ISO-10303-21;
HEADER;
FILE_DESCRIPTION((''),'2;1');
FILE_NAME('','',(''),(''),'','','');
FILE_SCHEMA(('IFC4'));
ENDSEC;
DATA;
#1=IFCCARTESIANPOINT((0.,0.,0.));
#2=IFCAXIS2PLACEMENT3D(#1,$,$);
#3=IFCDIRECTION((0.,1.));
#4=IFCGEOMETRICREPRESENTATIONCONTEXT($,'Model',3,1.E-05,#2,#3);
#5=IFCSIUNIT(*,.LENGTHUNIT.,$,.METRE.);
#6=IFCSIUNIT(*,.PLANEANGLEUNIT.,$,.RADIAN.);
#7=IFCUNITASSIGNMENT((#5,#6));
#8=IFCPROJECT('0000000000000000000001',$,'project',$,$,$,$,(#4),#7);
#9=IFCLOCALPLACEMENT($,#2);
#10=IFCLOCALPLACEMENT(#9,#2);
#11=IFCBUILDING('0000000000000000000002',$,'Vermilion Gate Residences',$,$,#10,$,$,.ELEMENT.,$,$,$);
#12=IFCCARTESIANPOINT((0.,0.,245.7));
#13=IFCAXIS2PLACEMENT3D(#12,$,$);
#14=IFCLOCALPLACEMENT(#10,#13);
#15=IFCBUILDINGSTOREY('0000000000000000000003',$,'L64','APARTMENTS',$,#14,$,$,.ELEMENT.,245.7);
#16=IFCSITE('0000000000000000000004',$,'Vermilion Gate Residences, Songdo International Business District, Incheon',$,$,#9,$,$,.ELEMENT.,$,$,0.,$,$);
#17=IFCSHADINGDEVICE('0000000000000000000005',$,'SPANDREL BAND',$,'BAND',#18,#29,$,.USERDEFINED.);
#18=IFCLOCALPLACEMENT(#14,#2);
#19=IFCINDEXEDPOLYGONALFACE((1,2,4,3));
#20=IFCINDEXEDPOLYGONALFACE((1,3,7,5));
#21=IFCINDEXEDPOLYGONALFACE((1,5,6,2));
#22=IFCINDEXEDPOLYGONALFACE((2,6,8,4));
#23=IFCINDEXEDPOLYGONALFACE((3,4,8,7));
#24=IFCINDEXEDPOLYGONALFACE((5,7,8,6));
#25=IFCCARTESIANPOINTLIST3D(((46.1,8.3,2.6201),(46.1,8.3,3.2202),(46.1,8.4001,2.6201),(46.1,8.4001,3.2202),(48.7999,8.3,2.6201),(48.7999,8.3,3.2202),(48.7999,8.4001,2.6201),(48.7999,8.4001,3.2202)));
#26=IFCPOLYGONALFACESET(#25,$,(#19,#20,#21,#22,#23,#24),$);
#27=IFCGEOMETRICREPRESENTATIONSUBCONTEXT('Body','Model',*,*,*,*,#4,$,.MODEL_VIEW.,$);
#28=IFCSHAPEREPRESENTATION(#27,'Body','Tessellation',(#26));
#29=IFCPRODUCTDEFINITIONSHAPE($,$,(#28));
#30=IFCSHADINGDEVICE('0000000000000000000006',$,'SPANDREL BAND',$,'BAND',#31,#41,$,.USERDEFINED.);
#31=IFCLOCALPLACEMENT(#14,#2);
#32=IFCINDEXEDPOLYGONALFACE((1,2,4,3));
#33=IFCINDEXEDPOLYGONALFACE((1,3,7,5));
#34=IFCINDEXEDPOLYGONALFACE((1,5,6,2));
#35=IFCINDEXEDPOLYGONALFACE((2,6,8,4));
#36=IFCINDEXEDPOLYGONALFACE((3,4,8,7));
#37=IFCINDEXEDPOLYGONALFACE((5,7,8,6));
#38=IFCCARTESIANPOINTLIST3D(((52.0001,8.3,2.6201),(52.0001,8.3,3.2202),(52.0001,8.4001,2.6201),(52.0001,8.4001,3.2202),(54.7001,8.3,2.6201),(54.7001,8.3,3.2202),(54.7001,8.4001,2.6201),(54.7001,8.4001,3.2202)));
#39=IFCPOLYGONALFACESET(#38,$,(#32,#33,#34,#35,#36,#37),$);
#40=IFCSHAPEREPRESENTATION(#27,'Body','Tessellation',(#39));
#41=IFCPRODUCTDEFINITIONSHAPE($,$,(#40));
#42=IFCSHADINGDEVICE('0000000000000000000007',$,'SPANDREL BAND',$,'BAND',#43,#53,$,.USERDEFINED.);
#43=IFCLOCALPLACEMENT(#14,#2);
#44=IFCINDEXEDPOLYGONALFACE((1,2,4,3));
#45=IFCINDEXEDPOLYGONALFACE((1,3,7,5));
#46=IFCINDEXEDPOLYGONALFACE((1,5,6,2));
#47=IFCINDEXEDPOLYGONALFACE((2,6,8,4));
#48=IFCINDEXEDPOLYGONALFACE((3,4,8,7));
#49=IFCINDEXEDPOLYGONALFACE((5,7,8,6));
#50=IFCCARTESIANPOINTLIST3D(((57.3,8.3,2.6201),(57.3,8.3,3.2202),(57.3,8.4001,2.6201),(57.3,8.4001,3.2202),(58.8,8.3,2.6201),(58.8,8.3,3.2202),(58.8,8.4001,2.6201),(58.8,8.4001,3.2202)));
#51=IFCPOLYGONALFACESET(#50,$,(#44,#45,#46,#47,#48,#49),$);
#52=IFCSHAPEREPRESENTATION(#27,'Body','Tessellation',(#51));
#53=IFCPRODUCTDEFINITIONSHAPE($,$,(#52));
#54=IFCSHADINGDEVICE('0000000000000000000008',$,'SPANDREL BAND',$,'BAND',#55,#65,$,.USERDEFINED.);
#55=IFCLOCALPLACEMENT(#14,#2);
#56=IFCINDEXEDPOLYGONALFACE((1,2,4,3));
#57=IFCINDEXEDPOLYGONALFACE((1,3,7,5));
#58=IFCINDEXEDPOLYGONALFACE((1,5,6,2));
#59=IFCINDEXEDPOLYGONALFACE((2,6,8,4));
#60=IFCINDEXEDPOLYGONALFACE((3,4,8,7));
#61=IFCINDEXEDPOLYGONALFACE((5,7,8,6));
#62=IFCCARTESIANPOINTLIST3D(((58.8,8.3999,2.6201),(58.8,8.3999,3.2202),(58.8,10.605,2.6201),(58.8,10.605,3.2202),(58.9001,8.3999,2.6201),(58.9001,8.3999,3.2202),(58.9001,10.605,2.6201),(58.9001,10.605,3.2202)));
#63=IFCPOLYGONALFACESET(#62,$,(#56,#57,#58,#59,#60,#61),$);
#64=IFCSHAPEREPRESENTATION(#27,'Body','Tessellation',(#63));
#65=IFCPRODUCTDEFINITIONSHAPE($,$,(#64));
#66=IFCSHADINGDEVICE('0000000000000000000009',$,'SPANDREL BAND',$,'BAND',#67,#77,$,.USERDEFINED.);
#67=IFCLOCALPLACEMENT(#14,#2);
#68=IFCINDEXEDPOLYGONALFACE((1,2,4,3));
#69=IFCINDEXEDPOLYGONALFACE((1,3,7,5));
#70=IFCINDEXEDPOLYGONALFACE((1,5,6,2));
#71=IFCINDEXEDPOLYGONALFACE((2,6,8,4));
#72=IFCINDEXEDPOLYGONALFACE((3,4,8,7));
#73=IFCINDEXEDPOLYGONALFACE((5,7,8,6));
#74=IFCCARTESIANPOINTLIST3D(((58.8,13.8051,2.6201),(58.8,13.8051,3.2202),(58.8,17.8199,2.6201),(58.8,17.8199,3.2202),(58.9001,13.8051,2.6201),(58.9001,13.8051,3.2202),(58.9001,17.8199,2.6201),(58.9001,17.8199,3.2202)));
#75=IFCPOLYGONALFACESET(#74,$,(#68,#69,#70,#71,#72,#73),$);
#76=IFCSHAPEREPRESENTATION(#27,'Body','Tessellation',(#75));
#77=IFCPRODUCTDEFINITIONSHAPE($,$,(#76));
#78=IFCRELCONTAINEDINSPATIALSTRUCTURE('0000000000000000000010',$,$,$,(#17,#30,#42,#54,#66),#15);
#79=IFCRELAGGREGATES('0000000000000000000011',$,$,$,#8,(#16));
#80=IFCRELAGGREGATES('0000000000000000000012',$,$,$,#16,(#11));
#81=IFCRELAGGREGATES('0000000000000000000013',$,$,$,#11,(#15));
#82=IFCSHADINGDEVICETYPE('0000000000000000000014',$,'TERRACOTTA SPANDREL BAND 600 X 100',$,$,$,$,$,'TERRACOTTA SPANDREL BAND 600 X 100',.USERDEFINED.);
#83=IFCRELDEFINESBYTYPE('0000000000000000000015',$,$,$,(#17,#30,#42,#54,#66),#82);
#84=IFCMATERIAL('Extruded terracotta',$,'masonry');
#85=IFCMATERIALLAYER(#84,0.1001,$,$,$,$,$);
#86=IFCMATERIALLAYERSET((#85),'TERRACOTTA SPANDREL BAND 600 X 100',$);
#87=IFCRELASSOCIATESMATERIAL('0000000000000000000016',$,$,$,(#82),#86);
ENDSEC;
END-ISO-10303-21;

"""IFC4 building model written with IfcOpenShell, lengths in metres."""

from ifc_helpers import new_model, si_unit, direction, frame, origin, origin_2d, place, context, subcontext, project, spatial, rectangle, extrude, material, layer, layer_set, type_object, element, save


model = new_model("IFC4")

# Units and contexts
model_context = context("Model", 3, precision=1e-05, world=origin(), true_north=direction((0.0, 1.0)))
body_context = subcontext(model_context, "Body", "Model", "MODEL_VIEW")
ifc_project = project(units=[si_unit("LENGTHUNIT", "METRE"), si_unit("PLANEANGLEUNIT", "RADIAN")], contexts=[model_context])

# Site, building, storey
site_placement = place(None, origin())
site = spatial("IfcSite", under=ifc_project, at=site_placement, Name="Vermilion Gate Residences, Songdo International Business District, Incheon", CompositionType="ELEMENT", RefElevation=0.0)
building_placement = place(site_placement, origin())
building = spatial("IfcBuilding", under=site, at=building_placement, Name="Vermilion Gate Residences", CompositionType="ELEMENT")
storey_placement = place(building_placement, frame((0.0, 0.0, 245.7)))
storey = spatial("IfcBuildingStorey", under=building, at=storey_placement, Name="L64", Description="APARTMENTS", CompositionType="ELEMENT", Elevation=245.7)

# Shading devices
ifc_material_1 = material(Name="Extruded terracotta", Category="masonry")
ifc_layer_1 = layer(ifc_material_1, 0.1001)
ifc_layer_set_1 = layer_set([ifc_layer_1], Name="TERRACOTTA SPANDREL BAND 600 X 100")
shading_device_type = type_object("IfcShadingDeviceType", Name="TERRACOTTA SPANDREL BAND 600 X 100", ElementType="TERRACOTTA SPANDREL BAND 600 X 100", PredefinedType="USERDEFINED", material=ifc_layer_set_1)
for number, where, z_axis, x_axis, name in (
    (1, (47.45, 8.3501, 2.6201), (0.0, 0.0, 1.0), (1.0, 0.0, 0.0), "SPANDREL BAND"),
    (2, (53.3501, 8.3501, 2.6201), (0.0, 0.0, 1.0), (1.0, 0.0, 0.0), "SPANDREL BAND"),
):
    element("IfcShadingDevice", number, at=place(storey_placement, frame(where, z_axis=z_axis, x_axis=x_axis)), inside=storey, type_object=shading_device_type, Name=name, ObjectType="BAND", PredefinedType="USERDEFINED", context=body_context, shape_type="SweptSolid", body=[
        extrude(rectangle(XDim=2.7, YDim=0.1001, at=origin_2d()), origin(), (0.0, 0.0, 1.0), 0.6001),
    ])
shading_device_1_placement = place(storey_placement, frame((58.05, 8.3501, 2.6201), z_axis=(0.0, 0.0, 1.0), x_axis=(1.0, 0.0, 0.0)))
element("IfcShadingDevice", 3, at=shading_device_1_placement, inside=storey, type_object=shading_device_type, Name="SPANDREL BAND", ObjectType="BAND", PredefinedType="USERDEFINED", context=body_context, shape_type="SweptSolid", body=[
    extrude(rectangle(XDim=1.5, YDim=0.1001, at=origin_2d()), origin(), (0.0, 0.0, 1.0), 0.6001),
])
shading_device_2_placement = place(storey_placement, frame((58.8501, 9.5024, 2.6201), z_axis=(0.0, 0.0, 1.0), x_axis=(0.0, 1.0, 0.0)))
element("IfcShadingDevice", 4, at=shading_device_2_placement, inside=storey, type_object=shading_device_type, Name="SPANDREL BAND", ObjectType="BAND", PredefinedType="USERDEFINED", context=body_context, shape_type="SweptSolid", body=[
    extrude(rectangle(XDim=2.2051, YDim=0.1001, at=origin_2d()), origin(), (0.0, 0.0, 1.0), 0.6001),
])
shading_device_3_placement = place(storey_placement, frame((58.8501, 15.8125, 2.6201), z_axis=(0.0, 0.0, 1.0), x_axis=(0.0, 1.0, 0.0)))
element("IfcShadingDevice", 5, at=shading_device_3_placement, inside=storey, type_object=shading_device_type, Name="SPANDREL BAND", ObjectType="BAND", PredefinedType="USERDEFINED", context=body_context, shape_type="SweptSolid", body=[
    extrude(rectangle(XDim=4.0149, YDim=0.1001, at=origin_2d()), origin(), (0.0, 0.0, 1.0), 0.6001),
])

save(model, "model.ifc")
